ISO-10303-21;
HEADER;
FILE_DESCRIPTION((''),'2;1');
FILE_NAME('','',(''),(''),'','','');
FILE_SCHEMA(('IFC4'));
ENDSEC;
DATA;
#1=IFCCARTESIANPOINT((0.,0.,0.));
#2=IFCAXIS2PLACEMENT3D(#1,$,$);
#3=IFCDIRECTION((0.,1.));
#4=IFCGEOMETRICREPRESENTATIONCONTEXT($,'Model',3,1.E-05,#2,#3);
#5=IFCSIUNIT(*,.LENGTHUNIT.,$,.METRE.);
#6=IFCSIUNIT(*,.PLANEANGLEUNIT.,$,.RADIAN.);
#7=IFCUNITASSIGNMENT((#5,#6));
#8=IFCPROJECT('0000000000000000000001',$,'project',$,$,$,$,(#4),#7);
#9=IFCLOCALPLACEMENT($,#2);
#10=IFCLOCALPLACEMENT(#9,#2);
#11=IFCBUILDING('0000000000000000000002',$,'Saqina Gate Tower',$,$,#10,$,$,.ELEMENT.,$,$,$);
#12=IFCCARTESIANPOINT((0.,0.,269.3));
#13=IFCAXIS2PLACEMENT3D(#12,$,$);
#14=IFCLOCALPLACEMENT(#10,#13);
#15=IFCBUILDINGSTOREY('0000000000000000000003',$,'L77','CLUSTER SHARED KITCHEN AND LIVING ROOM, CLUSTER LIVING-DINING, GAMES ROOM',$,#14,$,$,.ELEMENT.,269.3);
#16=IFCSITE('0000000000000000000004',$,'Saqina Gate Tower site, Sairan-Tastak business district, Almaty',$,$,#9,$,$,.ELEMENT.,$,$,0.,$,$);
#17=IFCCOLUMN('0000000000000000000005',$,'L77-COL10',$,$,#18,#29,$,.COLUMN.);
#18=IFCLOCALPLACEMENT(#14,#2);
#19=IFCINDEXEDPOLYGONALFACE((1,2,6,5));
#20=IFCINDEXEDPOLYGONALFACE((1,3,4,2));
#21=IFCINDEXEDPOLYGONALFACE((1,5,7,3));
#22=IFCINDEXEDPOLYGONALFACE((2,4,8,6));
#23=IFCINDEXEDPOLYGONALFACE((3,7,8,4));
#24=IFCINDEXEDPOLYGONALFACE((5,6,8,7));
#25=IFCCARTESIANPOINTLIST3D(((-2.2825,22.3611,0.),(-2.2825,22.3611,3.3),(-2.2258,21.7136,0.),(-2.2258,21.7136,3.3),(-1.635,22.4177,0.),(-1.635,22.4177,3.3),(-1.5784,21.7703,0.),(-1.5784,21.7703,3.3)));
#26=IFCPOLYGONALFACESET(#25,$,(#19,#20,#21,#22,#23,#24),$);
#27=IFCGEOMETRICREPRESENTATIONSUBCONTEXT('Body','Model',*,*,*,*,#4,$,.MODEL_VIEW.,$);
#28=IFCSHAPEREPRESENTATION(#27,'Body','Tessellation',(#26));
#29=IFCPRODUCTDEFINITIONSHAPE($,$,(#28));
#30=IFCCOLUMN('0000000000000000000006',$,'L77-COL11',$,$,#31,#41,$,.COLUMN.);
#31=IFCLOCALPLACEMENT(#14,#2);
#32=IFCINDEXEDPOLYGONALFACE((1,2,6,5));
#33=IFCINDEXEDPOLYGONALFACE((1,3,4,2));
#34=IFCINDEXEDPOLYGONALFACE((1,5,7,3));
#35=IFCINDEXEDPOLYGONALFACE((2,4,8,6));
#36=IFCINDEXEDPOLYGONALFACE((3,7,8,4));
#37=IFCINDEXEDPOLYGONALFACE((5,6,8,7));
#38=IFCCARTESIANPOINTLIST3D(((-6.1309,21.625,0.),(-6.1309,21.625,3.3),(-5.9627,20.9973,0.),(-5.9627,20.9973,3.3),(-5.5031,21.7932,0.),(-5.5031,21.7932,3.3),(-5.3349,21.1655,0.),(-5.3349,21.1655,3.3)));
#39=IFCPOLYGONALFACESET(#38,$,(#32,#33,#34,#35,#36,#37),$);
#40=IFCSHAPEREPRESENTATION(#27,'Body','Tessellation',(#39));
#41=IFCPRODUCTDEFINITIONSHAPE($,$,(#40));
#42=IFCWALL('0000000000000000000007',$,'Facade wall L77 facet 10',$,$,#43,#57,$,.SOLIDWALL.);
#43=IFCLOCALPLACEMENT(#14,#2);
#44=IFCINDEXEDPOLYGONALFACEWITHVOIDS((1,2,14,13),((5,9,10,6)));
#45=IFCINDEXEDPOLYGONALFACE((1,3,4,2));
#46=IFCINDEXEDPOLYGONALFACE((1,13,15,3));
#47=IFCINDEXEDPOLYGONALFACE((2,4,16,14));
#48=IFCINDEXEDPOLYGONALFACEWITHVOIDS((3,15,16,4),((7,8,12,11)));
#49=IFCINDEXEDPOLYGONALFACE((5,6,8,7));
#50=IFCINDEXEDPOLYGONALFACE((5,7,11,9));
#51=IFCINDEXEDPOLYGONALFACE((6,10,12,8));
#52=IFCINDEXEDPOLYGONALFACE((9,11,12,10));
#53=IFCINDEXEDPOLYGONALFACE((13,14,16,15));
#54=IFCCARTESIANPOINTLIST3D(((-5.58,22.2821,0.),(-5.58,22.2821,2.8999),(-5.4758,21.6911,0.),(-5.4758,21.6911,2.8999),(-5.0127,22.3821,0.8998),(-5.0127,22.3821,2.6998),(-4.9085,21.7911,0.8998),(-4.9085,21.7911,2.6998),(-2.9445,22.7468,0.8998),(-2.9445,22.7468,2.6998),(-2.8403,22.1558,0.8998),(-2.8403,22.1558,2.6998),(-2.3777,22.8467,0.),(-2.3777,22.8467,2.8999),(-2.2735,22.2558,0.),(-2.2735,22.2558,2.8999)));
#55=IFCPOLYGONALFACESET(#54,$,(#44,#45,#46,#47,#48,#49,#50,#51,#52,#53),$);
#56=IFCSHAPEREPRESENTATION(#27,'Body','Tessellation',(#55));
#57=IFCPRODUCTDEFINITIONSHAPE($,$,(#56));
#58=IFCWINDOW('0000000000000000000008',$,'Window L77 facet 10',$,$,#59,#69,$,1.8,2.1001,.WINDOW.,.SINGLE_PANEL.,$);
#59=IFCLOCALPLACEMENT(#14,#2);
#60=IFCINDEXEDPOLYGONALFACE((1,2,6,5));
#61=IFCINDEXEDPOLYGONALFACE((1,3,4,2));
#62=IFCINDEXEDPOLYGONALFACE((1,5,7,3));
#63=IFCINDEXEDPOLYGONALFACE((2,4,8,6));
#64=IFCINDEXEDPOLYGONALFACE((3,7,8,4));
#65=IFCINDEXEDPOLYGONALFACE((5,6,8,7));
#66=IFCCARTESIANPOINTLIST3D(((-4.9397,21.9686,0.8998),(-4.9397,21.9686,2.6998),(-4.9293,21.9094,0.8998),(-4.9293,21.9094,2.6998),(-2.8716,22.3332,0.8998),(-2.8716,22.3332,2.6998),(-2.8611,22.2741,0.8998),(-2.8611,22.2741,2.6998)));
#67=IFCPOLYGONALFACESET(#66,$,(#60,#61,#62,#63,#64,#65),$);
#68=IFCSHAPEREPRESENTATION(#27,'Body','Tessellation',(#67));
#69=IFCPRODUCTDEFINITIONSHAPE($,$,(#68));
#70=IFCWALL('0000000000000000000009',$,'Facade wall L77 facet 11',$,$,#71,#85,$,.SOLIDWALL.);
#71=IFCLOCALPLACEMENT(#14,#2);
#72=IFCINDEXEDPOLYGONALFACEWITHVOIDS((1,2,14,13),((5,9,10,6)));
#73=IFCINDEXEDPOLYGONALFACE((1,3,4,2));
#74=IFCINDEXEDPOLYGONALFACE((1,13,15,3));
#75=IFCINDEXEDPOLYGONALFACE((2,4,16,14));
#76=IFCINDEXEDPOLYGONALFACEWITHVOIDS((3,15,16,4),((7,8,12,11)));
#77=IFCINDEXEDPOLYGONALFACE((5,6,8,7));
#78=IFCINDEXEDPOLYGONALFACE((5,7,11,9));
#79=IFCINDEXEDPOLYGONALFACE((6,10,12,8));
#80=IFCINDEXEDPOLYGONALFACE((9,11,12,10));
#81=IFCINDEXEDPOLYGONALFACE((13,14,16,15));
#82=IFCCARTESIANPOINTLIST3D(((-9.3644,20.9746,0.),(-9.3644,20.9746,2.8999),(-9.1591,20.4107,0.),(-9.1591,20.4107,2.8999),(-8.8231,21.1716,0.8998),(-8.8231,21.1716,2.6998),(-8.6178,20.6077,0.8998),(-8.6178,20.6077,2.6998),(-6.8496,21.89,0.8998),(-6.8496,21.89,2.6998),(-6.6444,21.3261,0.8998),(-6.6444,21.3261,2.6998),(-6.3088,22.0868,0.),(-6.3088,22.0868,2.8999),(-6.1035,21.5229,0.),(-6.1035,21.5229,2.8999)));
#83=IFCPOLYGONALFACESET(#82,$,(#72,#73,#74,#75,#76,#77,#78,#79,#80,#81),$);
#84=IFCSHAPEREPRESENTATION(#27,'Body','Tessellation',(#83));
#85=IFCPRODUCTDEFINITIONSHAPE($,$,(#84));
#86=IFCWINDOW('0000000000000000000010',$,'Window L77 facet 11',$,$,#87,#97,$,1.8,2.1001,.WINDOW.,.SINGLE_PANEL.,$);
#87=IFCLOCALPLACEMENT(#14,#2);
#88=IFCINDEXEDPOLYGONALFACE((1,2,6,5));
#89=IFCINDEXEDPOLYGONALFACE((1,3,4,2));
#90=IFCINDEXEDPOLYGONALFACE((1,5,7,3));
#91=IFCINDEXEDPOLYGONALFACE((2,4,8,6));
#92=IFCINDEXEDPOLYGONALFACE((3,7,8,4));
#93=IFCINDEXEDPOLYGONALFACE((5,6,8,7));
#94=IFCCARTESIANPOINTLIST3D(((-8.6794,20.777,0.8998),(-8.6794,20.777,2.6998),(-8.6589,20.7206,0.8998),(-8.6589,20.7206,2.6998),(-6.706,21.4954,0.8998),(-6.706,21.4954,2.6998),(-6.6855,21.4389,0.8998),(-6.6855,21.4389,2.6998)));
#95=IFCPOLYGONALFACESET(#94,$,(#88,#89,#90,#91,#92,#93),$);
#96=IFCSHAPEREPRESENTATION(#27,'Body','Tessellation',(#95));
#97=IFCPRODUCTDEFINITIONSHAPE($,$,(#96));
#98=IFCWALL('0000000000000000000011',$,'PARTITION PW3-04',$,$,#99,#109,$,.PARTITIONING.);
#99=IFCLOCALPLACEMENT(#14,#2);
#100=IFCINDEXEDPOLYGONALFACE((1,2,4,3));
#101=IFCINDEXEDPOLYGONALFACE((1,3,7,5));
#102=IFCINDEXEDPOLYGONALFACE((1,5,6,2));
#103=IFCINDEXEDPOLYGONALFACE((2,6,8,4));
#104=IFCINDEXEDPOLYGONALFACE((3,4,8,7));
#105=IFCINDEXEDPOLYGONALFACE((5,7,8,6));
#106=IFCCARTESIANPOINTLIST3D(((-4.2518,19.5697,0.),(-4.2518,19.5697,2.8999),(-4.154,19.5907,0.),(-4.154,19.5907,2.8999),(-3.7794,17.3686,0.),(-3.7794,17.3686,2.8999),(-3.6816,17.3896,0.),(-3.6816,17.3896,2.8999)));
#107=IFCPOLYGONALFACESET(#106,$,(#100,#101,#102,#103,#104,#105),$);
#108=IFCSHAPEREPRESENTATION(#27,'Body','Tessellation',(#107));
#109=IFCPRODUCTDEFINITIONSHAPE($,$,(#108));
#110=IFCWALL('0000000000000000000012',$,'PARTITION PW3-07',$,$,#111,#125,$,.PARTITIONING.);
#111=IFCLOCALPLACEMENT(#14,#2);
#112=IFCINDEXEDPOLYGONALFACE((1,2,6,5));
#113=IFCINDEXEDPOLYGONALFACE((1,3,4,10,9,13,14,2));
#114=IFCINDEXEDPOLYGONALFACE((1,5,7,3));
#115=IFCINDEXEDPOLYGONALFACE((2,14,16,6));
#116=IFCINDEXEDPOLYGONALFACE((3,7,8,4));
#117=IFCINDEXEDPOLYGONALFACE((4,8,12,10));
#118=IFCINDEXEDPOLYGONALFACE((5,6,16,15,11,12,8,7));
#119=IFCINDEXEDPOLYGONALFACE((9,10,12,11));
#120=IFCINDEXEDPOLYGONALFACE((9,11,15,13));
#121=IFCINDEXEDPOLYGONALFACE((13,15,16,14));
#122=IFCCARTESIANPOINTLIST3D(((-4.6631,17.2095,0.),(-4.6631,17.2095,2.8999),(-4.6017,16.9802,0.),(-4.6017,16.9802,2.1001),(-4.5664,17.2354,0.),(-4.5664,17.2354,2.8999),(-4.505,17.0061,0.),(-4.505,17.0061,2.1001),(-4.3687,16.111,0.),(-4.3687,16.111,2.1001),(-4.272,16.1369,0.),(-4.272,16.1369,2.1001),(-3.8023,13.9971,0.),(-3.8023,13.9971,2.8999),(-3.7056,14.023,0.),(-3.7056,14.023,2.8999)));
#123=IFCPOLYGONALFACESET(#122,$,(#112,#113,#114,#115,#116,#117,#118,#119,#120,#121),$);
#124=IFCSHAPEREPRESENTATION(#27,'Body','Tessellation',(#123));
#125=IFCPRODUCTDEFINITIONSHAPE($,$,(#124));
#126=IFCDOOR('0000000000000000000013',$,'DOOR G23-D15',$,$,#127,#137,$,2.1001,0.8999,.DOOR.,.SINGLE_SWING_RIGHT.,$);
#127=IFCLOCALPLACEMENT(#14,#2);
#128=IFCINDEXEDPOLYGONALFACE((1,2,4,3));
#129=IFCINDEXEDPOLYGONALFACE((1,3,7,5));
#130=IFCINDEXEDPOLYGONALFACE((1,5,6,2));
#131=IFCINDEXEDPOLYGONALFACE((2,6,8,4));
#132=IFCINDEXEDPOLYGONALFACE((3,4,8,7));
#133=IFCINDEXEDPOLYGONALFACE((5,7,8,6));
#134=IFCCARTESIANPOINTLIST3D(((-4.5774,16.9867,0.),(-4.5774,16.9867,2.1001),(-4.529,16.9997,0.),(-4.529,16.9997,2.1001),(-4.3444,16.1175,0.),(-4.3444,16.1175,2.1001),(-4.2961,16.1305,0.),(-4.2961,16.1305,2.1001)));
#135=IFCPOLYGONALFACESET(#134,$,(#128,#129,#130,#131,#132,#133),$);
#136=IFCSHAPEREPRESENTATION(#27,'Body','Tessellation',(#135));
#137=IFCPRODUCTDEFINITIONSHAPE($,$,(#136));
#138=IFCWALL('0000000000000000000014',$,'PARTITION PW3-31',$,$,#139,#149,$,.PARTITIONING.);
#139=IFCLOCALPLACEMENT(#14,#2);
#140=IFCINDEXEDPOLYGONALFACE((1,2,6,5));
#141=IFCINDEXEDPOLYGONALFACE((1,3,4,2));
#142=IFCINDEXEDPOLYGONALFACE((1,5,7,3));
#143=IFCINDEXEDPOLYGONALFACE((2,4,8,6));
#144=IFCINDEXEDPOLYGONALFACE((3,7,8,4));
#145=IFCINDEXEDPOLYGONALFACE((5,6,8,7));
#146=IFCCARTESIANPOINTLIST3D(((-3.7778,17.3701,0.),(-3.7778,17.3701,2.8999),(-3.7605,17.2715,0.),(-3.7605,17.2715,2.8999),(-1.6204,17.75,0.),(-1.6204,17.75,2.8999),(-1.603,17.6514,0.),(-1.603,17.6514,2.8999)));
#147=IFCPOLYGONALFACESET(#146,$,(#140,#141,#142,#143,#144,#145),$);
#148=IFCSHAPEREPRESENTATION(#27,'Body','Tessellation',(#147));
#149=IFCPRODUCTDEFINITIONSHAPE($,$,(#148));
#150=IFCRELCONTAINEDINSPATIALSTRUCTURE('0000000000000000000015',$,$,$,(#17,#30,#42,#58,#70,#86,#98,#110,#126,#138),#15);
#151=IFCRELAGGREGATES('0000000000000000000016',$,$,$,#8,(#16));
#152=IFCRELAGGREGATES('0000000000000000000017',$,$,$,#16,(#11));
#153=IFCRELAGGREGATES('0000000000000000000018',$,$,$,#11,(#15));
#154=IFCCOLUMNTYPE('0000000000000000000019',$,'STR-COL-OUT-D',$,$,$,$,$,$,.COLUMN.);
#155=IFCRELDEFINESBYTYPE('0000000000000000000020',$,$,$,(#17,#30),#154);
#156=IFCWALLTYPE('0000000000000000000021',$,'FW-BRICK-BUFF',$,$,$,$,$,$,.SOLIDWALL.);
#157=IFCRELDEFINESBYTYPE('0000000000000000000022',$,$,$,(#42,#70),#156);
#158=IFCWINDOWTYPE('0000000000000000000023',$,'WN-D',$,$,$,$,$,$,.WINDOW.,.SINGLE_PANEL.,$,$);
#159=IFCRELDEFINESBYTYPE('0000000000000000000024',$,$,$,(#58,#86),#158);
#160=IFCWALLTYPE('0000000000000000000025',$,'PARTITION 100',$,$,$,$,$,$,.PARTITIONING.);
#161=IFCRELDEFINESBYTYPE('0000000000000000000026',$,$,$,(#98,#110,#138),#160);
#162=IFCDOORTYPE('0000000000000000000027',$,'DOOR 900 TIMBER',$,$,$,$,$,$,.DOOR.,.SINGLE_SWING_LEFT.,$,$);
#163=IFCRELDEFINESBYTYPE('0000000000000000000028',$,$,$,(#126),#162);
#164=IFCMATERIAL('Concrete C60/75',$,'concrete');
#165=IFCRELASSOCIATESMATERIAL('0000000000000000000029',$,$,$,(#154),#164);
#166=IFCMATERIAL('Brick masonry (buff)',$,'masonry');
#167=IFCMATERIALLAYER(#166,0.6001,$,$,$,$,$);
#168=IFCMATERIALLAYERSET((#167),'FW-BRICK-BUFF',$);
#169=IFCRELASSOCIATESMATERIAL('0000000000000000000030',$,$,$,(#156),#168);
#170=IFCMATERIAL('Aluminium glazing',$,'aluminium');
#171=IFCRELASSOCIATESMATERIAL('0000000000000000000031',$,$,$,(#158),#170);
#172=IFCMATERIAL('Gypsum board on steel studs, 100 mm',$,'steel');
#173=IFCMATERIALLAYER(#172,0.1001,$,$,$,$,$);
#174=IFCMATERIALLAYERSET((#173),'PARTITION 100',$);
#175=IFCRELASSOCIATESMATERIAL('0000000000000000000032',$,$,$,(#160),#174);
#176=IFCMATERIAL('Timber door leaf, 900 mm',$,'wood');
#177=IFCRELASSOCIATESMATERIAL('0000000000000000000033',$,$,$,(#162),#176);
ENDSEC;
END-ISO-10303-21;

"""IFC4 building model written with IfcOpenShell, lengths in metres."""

from ifc_helpers import new_model, si_unit, direction, frame, frame_2d, origin, origin_2d, place, context, subcontext, project, spatial, rectangle, extrude, material, layer, layer_set, material_profile, profile_set, type_object, element, fill, save


model = new_model("IFC4")

# Units and contexts
model_context = context("Model", 3, precision=1e-05, world=origin(), true_north=direction((0.0, 1.0)))
body_context = subcontext(model_context, "Body", "Model", "MODEL_VIEW")
ifc_project = project(units=[si_unit("LENGTHUNIT", "METRE"), si_unit("PLANEANGLEUNIT", "RADIAN")], contexts=[model_context])

# Site, building, storey
site_placement = place(None, origin())
site = spatial("IfcSite", under=ifc_project, at=site_placement, Name="Saqina Gate Tower site, Sairan-Tastak business district, Almaty", CompositionType="ELEMENT", RefElevation=0.0)
building_placement = place(site_placement, origin())
building = spatial("IfcBuilding", under=site, at=building_placement, Name="Saqina Gate Tower", CompositionType="ELEMENT")
storey_placement = place(building_placement, frame((0.0, 0.0, 269.3)))
storey = spatial("IfcBuildingStorey", under=building, at=storey_placement, Name="L77", Description="CLUSTER SHARED KITCHEN AND LIVING ROOM, CLUSTER LIVING-DINING, GAMES ROOM", CompositionType="ELEMENT", Elevation=269.3)

# Columns
ifc_material_1 = material(Name="Concrete C60/75", Category="concrete")
ifc_material_profile = material_profile(ifc_material_1, rectangle(XDim=0.6499, YDim=0.6499, at=origin_2d()), Name="RC 650x650")
ifc_profile_set = profile_set([ifc_material_profile], Name="Concrete C60/75")
column_type = type_object("IfcColumnType", Name="STR-COL-OUT-D", PredefinedType="COLUMN", material=ifc_profile_set)
for number, where, z_axis, x_axis, name in (
    (1, (-1.9304, 22.0657, 0.0), (0.0, 0.0, 1.0), (-0.087156, 0.996195, 0.0), "L77-COL10"),
    (2, (-5.7329, 21.3953, 0.0), (0.0, 0.0, 1.0), (-0.258819, 0.965926, 0.0), "L77-COL11"),
):
    element("IfcColumn", number, at=place(storey_placement, frame(where, z_axis=z_axis, x_axis=x_axis)), inside=storey, type_object=column_type, Name=name, PredefinedType="COLUMN", context=body_context, shape_type="SweptSolid", body=[
        extrude(rectangle(XDim=0.6499, YDim=0.6499, at=origin_2d()), origin(), (0.0, 0.0, 1.0), 3.3),
    ])

# Walls, openings, windows
ifc_material_2 = material(Name="Brick masonry (buff)", Category="masonry")
ifc_layer_1 = layer(ifc_material_2, 0.6001)
ifc_layer_set_1 = layer_set([ifc_layer_1], Name="FW-BRICK-BUFF")
wall_type_1 = type_object("IfcWallType", Name="FW-BRICK-BUFF", PredefinedType="SOLIDWALL", material=ifc_layer_set_1)
wall_1_placement = place(storey_placement, frame((-2.3254, 22.5513, 0.0), z_axis=(0.0, 0.0, 1.0), x_axis=(-0.984806, -0.173657, 0.0)))
wall_1 = element("IfcWall", 3, at=wall_1_placement, inside=storey, type_object=wall_type_1, Name="Facade wall L77 facet 10", PredefinedType="SOLIDWALL", context=body_context, shape_type="SweptSolid", body=[
    extrude(rectangle(XDim=3.2517, YDim=0.6001, at=frame_2d((1.626, 0.0))), origin(), (0.0, 0.0, 1.0), 2.8999),
])
opening_1_placement = place(wall_1_placement, frame((0.5757, 0.0, 0.8999)))
opening_1 = element("IfcOpeningElement", 4, at=opening_1_placement, cuts=wall_1, PredefinedType="OPENING", context=body_context, shape_type="SweptSolid", body=[
    extrude(rectangle(XDim=2.1001, YDim=1.8, at=frame_2d((1.05, 0.8999))), frame((0.0, 0.312, 0.0), z_axis=(0.0, -1.0, 0.0), x_axis=(1.0, 0.0, 0.0)), (0.0, 0.0, 1.0), 0.624),
])
ifc_material_3 = material(Name="Aluminium glazing", Category="aluminium")
window_type = type_object("IfcWindowType", Name="WN-D", PartitioningType="SINGLE_PANEL", PredefinedType="WINDOW", material=ifc_material_3)
window_1_placement = place(opening_1_placement, origin())
window_1 = element("IfcWindow", 5, at=window_1_placement, inside=storey, type_object=window_type, Name="Window L77 facet 10", OverallHeight=1.8, OverallWidth=2.1001, PartitioningType="SINGLE_PANEL", PredefinedType="WINDOW", context=body_context, shape_type="SweptSolid", body=[
    extrude(rectangle(XDim=2.1001, YDim=1.8, at=frame_2d((1.05, 0.8999))), frame((0.0, 0.1799, 0.0), z_axis=(0.0, -1.0, 0.0), x_axis=(1.0, 0.0, 0.0)), (0.0, 0.0, 1.0), 0.0601),
])
fill(opening_1, window_1)
wall_2_placement = place(storey_placement, frame((-6.2061, 21.8049, 0.0), z_axis=(0.0, 0.0, 1.0), x_axis=(-0.939679, -0.342057, 0.0)))
wall_2 = element("IfcWall", 6, at=wall_2_placement, inside=storey, type_object=wall_type_1, Name="Facade wall L77 facet 11", PredefinedType="SOLIDWALL", context=body_context, shape_type="SweptSolid", body=[
    extrude(rectangle(XDim=3.2517, YDim=0.6001, at=frame_2d((1.626, 0.0))), origin(), (0.0, 0.0, 1.0), 2.8999),
])
opening_2_placement = place(wall_2_placement, frame((0.5757, 0.0, 0.8999)))
opening_2 = element("IfcOpeningElement", 7, at=opening_2_placement, cuts=wall_2, PredefinedType="OPENING", context=body_context, shape_type="SweptSolid", body=[
    extrude(rectangle(XDim=2.1001, YDim=1.8, at=frame_2d((1.05, 0.8999))), frame((0.0, 0.312, 0.0), z_axis=(0.0, -1.0, 0.0), x_axis=(1.0, 0.0, 0.0)), (0.0, 0.0, 1.0), 0.624),
])
window_2_placement = place(opening_2_placement, origin())
window_2 = element("IfcWindow", 8, at=window_2_placement, inside=storey, type_object=window_type, Name="Window L77 facet 11", OverallHeight=1.8, OverallWidth=2.1001, PartitioningType="SINGLE_PANEL", PredefinedType="WINDOW", context=body_context, shape_type="SweptSolid", body=[
    extrude(rectangle(XDim=2.1001, YDim=1.8, at=frame_2d((1.05, 0.8999))), frame((0.0, 0.1799, 0.0), z_axis=(0.0, -1.0, 0.0), x_axis=(1.0, 0.0, 0.0)), (0.0, 0.0, 1.0), 0.0601),
])
fill(opening_2, window_2)

# Wall
ifc_material_4 = material(Name="Gypsum board on steel studs, 100 mm", Category="steel")
ifc_layer_2 = layer(ifc_material_4, 0.1001)
ifc_layer_set_2 = layer_set([ifc_layer_2], Name="PARTITION 100")
wall_type_2 = type_object("IfcWallType", Name="PARTITION 100", PredefinedType="PARTITIONING", material=ifc_layer_set_2)
wall_3_placement = place(storey_placement, frame((-4.2029, 19.5801, 0.0), z_axis=(0.0, 0.0, 1.0), x_axis=(0.20984, -0.977736, 0.0)))
element("IfcWall", 9, at=wall_3_placement, inside=storey, type_object=wall_type_2, Name="PARTITION PW3-04", PredefinedType="PARTITIONING", context=body_context, shape_type="SweptSolid", body=[
    extrude(rectangle(XDim=2.2512, YDim=0.1001, at=frame_2d((1.1255, 0.0))), origin(), (0.0, 0.0, 1.0), 2.8999),
])

# Wall, opening, door
wall_4_placement = place(storey_placement, frame((-4.6147, 17.2224, 0.0), z_axis=(0.0, 0.0, 1.0), x_axis=(0.258841, -0.96592, 0.0)))
wall_4 = element("IfcWall", 10, at=wall_4_placement, inside=storey, type_object=wall_type_2, Name="PARTITION PW3-07", PredefinedType="PARTITIONING", context=body_context, shape_type="SweptSolid", body=[
    extrude(rectangle(XDim=3.3257, YDim=0.1001, at=frame_2d((1.6628, 0.0))), origin(), (0.0, 0.0, 1.0), 2.8999),
])
opening_3_placement = place(wall_4_placement, frame((0.2373, 0.0, 0.0)))
opening_3 = element("IfcOpeningElement", 11, at=opening_3_placement, cuts=wall_4, PredefinedType="OPENING", context=body_context, shape_type="SweptSolid", body=[
    extrude(rectangle(XDim=0.8999, YDim=2.1001, at=frame_2d((0.45, 1.05))), frame((0.0, 0.062, 0.0), z_axis=(0.0, -1.0, 0.0), x_axis=(1.0, 0.0, 0.0)), (0.0, 0.0, 1.0), 0.124),
])
ifc_material_5 = material(Name="Timber door leaf, 900 mm", Category="wood")
door_type_1 = type_object("IfcDoorType", Name="DOOR 900 TIMBER", OperationType="SINGLE_SWING_LEFT", PredefinedType="DOOR", material=ifc_material_5)
door_1_placement = place(opening_3_placement, frame((0.8999, 0.0, 0.0), z_axis=(0.0, 0.0, 1.0), x_axis=(-1.0, 0.0, 0.0)))
door_1 = element("IfcDoor", 12, at=door_1_placement, inside=storey, type_object=door_type_1, Name="DOOR G23-D15", OperationType="SINGLE_SWING_RIGHT", OverallHeight=2.1001, OverallWidth=0.8999, PredefinedType="DOOR", context=body_context, shape_type="SweptSolid", body=[
    extrude(rectangle(XDim=0.8999, YDim=2.1001, at=frame_2d((0.45, 1.05))), frame((0.0, 0.0249, 0.0), z_axis=(0.0, -1.0, 0.0), x_axis=(1.0, 0.0, 0.0)), (0.0, 0.0, 1.0), 0.05),
])
fill(opening_3, door_1)

# Wall
wall_5_placement = place(storey_placement, frame((-3.769, 17.3208, 0.0), z_axis=(0.0, 0.0, 1.0), x_axis=(0.98485, 0.17341, 0.0)))
element("IfcWall", 13, at=wall_5_placement, inside=storey, type_object=wall_type_2, Name="PARTITION PW3-31", PredefinedType="PARTITIONING", context=body_context, shape_type="SweptSolid", body=[
    extrude(rectangle(XDim=2.1907, YDim=0.1001, at=frame_2d((1.0952, 0.0))), origin(), (0.0, 0.0, 1.0), 2.8999),
])

save(model, "model.ifc")
